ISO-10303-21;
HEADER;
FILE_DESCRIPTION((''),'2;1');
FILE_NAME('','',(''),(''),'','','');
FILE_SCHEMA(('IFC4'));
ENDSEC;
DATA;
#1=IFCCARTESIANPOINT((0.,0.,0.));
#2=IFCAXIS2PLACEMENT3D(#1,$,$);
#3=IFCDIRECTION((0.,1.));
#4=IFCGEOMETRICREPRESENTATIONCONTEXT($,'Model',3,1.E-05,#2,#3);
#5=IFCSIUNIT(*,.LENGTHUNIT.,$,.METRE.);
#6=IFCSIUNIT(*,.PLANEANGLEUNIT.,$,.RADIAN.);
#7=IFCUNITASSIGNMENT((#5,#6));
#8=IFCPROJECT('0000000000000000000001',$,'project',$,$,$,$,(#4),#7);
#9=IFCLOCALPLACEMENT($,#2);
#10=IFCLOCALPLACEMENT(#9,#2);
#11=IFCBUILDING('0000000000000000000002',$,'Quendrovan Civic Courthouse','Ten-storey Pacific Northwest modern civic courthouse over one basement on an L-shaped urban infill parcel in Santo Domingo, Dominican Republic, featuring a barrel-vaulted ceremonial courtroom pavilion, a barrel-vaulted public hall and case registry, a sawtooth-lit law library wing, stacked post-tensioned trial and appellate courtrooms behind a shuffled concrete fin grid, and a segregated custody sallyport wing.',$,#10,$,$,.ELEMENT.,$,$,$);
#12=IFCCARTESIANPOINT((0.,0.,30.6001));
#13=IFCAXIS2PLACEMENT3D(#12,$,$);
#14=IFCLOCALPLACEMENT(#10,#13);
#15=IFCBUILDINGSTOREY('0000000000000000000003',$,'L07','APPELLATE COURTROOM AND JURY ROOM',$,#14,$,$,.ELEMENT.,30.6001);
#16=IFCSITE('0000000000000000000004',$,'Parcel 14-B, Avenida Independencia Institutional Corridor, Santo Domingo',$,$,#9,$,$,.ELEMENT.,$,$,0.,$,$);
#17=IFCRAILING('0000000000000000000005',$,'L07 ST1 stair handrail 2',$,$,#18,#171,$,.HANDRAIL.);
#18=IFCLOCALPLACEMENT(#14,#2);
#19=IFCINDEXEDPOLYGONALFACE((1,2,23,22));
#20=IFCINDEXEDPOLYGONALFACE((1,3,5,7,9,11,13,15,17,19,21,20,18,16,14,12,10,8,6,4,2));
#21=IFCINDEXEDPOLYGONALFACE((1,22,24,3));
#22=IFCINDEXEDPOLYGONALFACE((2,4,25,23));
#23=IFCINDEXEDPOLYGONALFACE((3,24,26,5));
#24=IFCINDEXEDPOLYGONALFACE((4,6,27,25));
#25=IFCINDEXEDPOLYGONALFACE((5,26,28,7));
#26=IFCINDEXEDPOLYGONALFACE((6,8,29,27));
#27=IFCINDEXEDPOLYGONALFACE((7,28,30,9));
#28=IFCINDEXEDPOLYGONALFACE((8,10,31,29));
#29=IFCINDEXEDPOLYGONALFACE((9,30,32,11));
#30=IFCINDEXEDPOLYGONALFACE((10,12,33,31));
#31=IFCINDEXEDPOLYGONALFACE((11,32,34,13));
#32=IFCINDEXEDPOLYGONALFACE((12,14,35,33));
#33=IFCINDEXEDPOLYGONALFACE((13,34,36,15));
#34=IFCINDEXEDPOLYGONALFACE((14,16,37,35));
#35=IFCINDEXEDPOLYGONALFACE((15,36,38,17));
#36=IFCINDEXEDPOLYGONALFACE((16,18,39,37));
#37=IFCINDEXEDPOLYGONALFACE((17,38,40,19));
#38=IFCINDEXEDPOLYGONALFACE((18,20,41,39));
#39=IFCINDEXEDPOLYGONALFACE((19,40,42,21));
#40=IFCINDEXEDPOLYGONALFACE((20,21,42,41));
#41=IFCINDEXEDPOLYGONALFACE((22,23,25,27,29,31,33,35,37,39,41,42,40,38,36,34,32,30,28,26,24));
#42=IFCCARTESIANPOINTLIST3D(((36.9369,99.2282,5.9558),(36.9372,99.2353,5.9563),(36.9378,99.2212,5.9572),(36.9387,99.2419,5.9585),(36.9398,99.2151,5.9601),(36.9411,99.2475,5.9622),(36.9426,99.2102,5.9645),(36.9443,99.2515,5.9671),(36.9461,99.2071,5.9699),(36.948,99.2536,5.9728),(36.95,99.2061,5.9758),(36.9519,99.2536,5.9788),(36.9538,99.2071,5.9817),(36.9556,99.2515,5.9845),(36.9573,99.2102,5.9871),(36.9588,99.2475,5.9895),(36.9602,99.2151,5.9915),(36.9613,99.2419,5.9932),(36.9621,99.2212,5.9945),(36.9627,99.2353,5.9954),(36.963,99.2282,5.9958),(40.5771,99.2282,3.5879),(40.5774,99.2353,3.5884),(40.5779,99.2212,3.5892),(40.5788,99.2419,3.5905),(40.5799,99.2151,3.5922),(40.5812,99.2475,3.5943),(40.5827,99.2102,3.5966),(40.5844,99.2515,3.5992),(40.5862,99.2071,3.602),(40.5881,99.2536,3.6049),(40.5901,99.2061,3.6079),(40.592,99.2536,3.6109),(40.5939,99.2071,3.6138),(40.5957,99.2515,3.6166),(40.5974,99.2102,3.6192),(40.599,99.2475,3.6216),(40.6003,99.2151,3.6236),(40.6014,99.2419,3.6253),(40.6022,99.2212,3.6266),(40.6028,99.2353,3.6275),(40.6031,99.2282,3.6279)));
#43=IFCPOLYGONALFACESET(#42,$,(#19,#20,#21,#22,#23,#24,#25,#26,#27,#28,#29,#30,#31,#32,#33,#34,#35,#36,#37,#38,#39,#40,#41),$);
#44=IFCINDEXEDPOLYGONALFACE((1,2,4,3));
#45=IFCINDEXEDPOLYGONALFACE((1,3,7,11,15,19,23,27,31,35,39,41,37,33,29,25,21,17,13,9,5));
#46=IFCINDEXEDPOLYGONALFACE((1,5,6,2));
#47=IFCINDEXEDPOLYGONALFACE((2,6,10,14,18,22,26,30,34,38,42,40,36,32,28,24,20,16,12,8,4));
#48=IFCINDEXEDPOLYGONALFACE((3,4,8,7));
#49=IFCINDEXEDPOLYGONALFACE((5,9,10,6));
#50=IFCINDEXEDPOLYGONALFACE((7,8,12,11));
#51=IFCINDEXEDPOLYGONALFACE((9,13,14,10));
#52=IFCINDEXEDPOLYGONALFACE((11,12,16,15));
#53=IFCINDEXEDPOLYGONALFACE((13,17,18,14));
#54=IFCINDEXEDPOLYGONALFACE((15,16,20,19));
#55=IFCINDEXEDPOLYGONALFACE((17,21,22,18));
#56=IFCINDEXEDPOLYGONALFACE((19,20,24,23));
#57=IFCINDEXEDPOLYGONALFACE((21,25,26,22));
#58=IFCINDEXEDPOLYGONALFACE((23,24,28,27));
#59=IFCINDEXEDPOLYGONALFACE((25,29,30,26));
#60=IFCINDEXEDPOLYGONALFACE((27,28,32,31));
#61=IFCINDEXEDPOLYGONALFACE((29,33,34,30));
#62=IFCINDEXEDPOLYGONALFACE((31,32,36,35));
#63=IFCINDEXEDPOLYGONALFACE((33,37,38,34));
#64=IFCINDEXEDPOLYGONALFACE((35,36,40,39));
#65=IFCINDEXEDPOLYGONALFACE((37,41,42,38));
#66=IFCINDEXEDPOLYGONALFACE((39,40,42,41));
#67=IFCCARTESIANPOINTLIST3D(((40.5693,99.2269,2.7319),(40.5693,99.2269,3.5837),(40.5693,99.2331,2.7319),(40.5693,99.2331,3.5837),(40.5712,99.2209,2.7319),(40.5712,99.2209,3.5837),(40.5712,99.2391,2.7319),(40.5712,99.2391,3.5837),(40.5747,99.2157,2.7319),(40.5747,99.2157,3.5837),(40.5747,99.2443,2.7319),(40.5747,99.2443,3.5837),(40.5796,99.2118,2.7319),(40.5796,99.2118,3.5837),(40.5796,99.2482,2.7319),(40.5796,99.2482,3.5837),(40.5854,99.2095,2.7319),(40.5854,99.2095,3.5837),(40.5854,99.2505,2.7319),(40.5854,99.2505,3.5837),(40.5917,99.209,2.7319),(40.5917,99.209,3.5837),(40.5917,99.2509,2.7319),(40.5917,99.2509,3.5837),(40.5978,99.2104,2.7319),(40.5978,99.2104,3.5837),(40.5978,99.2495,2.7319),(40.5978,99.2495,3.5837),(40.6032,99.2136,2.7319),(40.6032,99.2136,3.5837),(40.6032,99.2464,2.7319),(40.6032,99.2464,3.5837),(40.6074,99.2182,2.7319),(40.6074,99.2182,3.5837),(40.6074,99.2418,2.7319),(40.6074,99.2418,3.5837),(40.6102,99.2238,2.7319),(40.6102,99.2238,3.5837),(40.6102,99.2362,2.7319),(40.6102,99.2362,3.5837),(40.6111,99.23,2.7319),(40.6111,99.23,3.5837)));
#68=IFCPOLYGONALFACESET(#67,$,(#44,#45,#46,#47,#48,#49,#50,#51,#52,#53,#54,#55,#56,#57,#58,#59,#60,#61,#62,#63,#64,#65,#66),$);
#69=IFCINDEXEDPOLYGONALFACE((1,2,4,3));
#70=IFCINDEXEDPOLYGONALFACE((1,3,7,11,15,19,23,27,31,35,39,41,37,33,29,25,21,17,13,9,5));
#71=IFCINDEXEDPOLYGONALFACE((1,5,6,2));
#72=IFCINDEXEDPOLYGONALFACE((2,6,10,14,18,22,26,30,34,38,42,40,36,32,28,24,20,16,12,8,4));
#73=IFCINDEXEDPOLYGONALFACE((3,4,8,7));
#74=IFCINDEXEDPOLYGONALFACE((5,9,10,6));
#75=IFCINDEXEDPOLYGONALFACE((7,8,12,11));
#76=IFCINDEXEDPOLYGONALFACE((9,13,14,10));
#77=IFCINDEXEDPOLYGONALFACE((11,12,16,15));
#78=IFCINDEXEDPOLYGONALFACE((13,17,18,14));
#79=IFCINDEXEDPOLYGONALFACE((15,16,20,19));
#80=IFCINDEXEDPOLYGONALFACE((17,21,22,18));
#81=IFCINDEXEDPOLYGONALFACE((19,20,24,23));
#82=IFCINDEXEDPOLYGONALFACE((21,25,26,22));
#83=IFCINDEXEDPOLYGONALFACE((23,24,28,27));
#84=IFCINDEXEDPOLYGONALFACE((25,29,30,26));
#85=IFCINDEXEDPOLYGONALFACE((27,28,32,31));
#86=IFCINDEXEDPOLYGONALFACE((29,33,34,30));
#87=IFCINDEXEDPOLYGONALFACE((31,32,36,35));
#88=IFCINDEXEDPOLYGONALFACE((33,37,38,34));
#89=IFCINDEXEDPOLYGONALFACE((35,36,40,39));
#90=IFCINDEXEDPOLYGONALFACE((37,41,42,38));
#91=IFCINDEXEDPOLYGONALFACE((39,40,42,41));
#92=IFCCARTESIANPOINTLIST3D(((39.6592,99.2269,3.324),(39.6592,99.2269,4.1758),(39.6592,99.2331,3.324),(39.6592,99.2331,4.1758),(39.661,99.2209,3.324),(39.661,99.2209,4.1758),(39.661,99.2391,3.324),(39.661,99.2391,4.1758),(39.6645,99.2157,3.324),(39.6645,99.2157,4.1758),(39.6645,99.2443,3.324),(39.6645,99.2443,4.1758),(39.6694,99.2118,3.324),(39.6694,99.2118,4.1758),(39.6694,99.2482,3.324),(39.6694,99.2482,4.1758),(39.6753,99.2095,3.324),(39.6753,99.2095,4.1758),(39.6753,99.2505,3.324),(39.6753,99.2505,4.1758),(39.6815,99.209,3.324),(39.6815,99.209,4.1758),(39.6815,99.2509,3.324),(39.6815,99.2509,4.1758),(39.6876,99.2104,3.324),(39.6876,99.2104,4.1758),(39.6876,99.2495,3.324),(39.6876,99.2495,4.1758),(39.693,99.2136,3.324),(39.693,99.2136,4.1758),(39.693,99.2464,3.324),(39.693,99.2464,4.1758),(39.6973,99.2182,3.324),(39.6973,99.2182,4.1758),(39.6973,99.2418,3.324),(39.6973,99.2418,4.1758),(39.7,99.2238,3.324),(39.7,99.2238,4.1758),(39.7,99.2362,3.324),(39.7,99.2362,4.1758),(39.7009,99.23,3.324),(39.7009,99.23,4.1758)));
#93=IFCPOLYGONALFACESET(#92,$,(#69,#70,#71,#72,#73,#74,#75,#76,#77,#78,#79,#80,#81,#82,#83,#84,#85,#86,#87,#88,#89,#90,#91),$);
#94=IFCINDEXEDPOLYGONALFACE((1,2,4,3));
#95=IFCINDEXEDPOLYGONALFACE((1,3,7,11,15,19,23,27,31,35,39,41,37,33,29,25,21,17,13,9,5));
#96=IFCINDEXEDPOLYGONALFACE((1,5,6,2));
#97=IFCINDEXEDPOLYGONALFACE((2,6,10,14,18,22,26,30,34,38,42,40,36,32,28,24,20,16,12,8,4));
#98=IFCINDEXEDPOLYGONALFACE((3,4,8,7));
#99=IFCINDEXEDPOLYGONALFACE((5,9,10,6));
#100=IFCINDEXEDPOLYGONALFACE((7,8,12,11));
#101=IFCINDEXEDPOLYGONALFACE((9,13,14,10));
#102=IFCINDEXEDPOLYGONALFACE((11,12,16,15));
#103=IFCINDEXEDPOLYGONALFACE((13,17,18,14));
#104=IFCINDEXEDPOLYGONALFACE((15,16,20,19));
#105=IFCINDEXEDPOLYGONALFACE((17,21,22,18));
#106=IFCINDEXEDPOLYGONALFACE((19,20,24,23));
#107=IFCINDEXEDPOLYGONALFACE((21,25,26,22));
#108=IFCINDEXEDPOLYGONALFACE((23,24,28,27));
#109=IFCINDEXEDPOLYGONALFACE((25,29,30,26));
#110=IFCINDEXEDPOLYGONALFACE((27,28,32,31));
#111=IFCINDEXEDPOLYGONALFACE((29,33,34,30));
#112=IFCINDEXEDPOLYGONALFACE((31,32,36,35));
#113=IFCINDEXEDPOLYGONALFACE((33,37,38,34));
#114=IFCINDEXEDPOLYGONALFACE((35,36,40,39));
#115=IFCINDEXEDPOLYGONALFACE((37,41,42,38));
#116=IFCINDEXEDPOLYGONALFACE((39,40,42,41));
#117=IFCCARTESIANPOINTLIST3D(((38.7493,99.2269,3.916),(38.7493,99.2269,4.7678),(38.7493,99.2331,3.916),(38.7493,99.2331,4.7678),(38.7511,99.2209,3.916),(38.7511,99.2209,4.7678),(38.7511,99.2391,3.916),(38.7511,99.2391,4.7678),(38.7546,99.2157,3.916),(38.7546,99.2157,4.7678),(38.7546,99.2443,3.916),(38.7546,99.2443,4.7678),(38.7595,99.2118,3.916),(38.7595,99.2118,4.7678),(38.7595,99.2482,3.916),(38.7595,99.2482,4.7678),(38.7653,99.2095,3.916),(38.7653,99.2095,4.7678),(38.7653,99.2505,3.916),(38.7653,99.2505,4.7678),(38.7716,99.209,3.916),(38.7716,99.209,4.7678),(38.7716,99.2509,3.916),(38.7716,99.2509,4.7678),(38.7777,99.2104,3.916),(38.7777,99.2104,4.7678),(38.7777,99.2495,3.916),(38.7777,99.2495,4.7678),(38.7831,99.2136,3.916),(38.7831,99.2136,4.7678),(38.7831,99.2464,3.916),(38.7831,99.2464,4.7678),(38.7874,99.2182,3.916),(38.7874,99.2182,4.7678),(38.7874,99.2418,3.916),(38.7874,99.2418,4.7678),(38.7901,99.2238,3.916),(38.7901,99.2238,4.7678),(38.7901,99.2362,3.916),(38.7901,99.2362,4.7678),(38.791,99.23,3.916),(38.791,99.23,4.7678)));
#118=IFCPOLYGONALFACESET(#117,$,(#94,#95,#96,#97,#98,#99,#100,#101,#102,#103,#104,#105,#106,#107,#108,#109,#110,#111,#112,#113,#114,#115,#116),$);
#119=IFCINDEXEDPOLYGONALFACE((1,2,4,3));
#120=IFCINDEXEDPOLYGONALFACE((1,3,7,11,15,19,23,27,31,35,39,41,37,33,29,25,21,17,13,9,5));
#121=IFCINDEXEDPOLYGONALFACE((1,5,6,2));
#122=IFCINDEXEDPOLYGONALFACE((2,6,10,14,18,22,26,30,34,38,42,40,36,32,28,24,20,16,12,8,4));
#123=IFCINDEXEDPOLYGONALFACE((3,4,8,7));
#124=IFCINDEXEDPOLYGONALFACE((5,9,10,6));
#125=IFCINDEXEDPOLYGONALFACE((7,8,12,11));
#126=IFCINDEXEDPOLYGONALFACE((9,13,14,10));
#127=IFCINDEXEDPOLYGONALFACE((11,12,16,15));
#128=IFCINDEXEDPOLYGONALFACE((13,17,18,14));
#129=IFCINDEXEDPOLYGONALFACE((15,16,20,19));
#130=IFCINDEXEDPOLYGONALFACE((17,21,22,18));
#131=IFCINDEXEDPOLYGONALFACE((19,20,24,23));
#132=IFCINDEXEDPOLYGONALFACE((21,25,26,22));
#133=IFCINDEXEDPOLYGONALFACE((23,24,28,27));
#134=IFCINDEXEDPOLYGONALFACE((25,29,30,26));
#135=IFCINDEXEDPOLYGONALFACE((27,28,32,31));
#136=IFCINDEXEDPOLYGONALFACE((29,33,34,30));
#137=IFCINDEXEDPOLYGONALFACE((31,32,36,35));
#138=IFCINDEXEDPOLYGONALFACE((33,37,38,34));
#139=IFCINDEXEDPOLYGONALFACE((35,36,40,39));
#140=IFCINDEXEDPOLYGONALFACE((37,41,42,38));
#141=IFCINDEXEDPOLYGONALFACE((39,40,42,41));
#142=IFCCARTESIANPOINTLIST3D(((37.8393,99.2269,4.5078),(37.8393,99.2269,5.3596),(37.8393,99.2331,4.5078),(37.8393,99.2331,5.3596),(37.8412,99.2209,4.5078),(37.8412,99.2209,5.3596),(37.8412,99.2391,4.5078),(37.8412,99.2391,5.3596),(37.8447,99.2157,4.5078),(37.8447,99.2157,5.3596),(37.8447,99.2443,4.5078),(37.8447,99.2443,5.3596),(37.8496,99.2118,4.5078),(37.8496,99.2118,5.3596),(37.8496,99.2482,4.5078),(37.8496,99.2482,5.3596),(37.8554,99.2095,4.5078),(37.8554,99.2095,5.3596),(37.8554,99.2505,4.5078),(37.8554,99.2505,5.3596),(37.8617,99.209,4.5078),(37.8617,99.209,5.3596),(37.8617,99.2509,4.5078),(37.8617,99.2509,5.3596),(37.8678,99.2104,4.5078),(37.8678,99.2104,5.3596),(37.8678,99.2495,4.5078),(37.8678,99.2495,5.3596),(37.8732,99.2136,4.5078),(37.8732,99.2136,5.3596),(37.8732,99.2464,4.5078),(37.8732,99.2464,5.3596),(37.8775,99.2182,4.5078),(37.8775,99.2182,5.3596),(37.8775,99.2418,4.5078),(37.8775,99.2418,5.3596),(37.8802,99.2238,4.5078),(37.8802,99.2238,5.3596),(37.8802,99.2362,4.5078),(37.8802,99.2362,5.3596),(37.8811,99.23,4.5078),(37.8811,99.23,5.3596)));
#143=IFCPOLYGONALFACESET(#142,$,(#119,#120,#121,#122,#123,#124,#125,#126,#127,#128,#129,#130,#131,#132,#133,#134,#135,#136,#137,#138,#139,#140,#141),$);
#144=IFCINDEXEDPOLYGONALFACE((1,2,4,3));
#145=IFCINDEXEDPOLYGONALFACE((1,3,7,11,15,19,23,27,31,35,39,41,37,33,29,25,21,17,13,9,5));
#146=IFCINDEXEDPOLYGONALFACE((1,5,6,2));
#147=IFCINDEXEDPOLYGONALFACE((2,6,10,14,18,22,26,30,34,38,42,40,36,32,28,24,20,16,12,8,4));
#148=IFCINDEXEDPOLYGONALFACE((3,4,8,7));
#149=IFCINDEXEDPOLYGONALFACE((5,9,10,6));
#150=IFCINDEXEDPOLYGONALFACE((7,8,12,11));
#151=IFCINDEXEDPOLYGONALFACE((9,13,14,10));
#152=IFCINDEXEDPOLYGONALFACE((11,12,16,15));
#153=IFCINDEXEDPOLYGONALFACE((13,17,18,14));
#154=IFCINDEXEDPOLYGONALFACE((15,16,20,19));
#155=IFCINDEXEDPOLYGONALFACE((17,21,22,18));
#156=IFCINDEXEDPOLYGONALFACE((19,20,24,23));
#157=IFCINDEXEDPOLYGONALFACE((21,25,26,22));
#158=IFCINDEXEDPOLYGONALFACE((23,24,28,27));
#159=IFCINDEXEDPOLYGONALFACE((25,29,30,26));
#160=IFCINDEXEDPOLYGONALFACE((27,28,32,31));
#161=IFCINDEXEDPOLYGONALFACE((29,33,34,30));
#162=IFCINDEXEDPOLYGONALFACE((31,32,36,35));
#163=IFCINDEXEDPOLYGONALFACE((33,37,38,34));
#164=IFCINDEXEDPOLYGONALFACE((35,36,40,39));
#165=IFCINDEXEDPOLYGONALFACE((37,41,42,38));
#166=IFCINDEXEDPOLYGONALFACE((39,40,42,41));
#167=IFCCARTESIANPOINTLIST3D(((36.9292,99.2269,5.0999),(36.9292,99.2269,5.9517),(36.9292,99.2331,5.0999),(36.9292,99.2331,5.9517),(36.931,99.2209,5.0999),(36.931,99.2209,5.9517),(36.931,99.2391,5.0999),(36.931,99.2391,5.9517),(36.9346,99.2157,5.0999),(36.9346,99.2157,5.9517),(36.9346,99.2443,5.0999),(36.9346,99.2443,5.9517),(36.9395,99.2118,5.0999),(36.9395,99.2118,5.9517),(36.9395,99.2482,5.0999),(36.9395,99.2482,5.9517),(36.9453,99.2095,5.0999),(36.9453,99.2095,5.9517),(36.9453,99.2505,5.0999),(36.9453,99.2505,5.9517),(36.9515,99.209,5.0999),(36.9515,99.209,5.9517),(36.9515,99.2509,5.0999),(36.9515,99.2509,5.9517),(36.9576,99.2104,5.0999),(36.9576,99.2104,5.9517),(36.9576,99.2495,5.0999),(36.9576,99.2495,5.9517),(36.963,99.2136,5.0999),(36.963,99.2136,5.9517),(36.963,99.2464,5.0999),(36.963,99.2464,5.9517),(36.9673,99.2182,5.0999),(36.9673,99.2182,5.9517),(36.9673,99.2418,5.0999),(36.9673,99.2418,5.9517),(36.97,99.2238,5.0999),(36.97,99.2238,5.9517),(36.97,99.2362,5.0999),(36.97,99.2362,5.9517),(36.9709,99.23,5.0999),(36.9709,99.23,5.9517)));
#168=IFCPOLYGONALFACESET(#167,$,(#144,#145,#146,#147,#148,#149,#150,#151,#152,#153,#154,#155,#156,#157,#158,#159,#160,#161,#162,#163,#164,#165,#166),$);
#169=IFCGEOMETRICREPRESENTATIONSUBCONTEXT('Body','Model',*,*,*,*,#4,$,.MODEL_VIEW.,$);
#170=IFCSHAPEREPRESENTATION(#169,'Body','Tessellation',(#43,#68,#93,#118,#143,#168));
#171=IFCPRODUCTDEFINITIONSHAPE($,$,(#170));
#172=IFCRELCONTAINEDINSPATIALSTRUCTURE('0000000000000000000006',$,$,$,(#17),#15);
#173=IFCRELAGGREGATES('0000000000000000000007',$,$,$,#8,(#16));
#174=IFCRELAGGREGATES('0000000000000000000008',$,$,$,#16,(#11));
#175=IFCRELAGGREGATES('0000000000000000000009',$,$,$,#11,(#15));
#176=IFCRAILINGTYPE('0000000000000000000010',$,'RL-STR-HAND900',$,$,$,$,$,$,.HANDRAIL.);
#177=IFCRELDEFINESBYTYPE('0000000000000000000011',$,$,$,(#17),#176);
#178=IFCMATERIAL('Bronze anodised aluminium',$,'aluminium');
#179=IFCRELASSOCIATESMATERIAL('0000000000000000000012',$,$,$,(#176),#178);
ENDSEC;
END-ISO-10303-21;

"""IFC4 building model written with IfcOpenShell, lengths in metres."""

from ifc_helpers import new_model, si_unit, direction, frame, origin, origin_2d, place, context, subcontext, project, spatial, circle, extrude, material, type_object, element, save


model = new_model("IFC4")

# Units and contexts
model_context = context("Model", 3, precision=1e-05, world=origin(), true_north=direction((0.0, 1.0)))
body_context = subcontext(model_context, "Body", "Model", "MODEL_VIEW")
ifc_project = project(units=[si_unit("LENGTHUNIT", "METRE"), si_unit("PLANEANGLEUNIT", "RADIAN")], contexts=[model_context])

# Site, building, storey
site_placement = place(None, origin())
site = spatial("IfcSite", under=ifc_project, at=site_placement, Name="Parcel 14-B, Avenida Independencia Institutional Corridor, Santo Domingo", CompositionType="ELEMENT", RefElevation=0.0)
building_placement = place(site_placement, origin())
building = spatial("IfcBuilding", under=site, at=building_placement, Name="Quendrovan Civic Courthouse", Description="Ten-storey Pacific Northwest modern civic courthouse over one basement on an L-shaped urban infill parcel in Santo Domingo, Dominican Republic, featuring a barrel-vaulted ceremonial courtroom pavilion, a barrel-vaulted public hall and case registry, a sawtooth-lit law library wing, stacked post-tensioned trial and appellate courtrooms behind a shuffled concrete fin grid, and a segregated custody sallyport wing.", CompositionType="ELEMENT")
storey_placement = place(building_placement, frame((0.0, 0.0, 30.6001)))
storey = spatial("IfcBuildingStorey", under=building, at=storey_placement, Name="L07", Description="APPELLATE COURTROOM AND JURY ROOM", CompositionType="ELEMENT", Elevation=30.6001)

# Railing
ifc_material_1 = material(Name="Bronze anodised aluminium", Category="aluminium")
railing_type_1 = type_object("IfcRailingType", Name="RL-STR-HAND900", PredefinedType="HANDRAIL", material=ifc_material_1)
railing_1_placement = place(storey_placement, frame((40.5901, 99.23, 2.7319)))
element("IfcRailing", 1, at=railing_1_placement, inside=storey, type_object=railing_type_1, Name="L07 ST1 stair handrail 2", PredefinedType="HANDRAIL", context=body_context, shape_type="SweptSolid", body=[
    extrude(circle(Radius=0.0239, at=origin_2d()), frame((0.0, 0.0, 0.876), z_axis=(-0.838251, 0.0, 0.545285), x_axis=(0.0, -1.0, 0.0)), (0.0, 0.0, 1.0), 4.3425),
    extrude(circle(Radius=0.021, at=origin_2d()), origin(), (0.0, 0.0, 1.0), 0.8518),
    extrude(circle(Radius=0.021, at=origin_2d()), frame((-0.9102, 0.0, 0.592)), (0.0, 0.0, 1.0), 0.8518),
    extrude(circle(Radius=0.021, at=origin_2d()), frame((-1.8201, 0.0, 1.1841)), (0.0, 0.0, 1.0), 0.8518),
    extrude(circle(Radius=0.021, at=origin_2d()), frame((-2.73, 0.0, 1.7759)), (0.0, 0.0, 1.0), 0.8518),
    extrude(circle(Radius=0.021, at=origin_2d()), frame((-3.6401, 0.0, 2.3679)), (0.0, 0.0, 1.0), 0.8518),
])

save(model, "model.ifc")
